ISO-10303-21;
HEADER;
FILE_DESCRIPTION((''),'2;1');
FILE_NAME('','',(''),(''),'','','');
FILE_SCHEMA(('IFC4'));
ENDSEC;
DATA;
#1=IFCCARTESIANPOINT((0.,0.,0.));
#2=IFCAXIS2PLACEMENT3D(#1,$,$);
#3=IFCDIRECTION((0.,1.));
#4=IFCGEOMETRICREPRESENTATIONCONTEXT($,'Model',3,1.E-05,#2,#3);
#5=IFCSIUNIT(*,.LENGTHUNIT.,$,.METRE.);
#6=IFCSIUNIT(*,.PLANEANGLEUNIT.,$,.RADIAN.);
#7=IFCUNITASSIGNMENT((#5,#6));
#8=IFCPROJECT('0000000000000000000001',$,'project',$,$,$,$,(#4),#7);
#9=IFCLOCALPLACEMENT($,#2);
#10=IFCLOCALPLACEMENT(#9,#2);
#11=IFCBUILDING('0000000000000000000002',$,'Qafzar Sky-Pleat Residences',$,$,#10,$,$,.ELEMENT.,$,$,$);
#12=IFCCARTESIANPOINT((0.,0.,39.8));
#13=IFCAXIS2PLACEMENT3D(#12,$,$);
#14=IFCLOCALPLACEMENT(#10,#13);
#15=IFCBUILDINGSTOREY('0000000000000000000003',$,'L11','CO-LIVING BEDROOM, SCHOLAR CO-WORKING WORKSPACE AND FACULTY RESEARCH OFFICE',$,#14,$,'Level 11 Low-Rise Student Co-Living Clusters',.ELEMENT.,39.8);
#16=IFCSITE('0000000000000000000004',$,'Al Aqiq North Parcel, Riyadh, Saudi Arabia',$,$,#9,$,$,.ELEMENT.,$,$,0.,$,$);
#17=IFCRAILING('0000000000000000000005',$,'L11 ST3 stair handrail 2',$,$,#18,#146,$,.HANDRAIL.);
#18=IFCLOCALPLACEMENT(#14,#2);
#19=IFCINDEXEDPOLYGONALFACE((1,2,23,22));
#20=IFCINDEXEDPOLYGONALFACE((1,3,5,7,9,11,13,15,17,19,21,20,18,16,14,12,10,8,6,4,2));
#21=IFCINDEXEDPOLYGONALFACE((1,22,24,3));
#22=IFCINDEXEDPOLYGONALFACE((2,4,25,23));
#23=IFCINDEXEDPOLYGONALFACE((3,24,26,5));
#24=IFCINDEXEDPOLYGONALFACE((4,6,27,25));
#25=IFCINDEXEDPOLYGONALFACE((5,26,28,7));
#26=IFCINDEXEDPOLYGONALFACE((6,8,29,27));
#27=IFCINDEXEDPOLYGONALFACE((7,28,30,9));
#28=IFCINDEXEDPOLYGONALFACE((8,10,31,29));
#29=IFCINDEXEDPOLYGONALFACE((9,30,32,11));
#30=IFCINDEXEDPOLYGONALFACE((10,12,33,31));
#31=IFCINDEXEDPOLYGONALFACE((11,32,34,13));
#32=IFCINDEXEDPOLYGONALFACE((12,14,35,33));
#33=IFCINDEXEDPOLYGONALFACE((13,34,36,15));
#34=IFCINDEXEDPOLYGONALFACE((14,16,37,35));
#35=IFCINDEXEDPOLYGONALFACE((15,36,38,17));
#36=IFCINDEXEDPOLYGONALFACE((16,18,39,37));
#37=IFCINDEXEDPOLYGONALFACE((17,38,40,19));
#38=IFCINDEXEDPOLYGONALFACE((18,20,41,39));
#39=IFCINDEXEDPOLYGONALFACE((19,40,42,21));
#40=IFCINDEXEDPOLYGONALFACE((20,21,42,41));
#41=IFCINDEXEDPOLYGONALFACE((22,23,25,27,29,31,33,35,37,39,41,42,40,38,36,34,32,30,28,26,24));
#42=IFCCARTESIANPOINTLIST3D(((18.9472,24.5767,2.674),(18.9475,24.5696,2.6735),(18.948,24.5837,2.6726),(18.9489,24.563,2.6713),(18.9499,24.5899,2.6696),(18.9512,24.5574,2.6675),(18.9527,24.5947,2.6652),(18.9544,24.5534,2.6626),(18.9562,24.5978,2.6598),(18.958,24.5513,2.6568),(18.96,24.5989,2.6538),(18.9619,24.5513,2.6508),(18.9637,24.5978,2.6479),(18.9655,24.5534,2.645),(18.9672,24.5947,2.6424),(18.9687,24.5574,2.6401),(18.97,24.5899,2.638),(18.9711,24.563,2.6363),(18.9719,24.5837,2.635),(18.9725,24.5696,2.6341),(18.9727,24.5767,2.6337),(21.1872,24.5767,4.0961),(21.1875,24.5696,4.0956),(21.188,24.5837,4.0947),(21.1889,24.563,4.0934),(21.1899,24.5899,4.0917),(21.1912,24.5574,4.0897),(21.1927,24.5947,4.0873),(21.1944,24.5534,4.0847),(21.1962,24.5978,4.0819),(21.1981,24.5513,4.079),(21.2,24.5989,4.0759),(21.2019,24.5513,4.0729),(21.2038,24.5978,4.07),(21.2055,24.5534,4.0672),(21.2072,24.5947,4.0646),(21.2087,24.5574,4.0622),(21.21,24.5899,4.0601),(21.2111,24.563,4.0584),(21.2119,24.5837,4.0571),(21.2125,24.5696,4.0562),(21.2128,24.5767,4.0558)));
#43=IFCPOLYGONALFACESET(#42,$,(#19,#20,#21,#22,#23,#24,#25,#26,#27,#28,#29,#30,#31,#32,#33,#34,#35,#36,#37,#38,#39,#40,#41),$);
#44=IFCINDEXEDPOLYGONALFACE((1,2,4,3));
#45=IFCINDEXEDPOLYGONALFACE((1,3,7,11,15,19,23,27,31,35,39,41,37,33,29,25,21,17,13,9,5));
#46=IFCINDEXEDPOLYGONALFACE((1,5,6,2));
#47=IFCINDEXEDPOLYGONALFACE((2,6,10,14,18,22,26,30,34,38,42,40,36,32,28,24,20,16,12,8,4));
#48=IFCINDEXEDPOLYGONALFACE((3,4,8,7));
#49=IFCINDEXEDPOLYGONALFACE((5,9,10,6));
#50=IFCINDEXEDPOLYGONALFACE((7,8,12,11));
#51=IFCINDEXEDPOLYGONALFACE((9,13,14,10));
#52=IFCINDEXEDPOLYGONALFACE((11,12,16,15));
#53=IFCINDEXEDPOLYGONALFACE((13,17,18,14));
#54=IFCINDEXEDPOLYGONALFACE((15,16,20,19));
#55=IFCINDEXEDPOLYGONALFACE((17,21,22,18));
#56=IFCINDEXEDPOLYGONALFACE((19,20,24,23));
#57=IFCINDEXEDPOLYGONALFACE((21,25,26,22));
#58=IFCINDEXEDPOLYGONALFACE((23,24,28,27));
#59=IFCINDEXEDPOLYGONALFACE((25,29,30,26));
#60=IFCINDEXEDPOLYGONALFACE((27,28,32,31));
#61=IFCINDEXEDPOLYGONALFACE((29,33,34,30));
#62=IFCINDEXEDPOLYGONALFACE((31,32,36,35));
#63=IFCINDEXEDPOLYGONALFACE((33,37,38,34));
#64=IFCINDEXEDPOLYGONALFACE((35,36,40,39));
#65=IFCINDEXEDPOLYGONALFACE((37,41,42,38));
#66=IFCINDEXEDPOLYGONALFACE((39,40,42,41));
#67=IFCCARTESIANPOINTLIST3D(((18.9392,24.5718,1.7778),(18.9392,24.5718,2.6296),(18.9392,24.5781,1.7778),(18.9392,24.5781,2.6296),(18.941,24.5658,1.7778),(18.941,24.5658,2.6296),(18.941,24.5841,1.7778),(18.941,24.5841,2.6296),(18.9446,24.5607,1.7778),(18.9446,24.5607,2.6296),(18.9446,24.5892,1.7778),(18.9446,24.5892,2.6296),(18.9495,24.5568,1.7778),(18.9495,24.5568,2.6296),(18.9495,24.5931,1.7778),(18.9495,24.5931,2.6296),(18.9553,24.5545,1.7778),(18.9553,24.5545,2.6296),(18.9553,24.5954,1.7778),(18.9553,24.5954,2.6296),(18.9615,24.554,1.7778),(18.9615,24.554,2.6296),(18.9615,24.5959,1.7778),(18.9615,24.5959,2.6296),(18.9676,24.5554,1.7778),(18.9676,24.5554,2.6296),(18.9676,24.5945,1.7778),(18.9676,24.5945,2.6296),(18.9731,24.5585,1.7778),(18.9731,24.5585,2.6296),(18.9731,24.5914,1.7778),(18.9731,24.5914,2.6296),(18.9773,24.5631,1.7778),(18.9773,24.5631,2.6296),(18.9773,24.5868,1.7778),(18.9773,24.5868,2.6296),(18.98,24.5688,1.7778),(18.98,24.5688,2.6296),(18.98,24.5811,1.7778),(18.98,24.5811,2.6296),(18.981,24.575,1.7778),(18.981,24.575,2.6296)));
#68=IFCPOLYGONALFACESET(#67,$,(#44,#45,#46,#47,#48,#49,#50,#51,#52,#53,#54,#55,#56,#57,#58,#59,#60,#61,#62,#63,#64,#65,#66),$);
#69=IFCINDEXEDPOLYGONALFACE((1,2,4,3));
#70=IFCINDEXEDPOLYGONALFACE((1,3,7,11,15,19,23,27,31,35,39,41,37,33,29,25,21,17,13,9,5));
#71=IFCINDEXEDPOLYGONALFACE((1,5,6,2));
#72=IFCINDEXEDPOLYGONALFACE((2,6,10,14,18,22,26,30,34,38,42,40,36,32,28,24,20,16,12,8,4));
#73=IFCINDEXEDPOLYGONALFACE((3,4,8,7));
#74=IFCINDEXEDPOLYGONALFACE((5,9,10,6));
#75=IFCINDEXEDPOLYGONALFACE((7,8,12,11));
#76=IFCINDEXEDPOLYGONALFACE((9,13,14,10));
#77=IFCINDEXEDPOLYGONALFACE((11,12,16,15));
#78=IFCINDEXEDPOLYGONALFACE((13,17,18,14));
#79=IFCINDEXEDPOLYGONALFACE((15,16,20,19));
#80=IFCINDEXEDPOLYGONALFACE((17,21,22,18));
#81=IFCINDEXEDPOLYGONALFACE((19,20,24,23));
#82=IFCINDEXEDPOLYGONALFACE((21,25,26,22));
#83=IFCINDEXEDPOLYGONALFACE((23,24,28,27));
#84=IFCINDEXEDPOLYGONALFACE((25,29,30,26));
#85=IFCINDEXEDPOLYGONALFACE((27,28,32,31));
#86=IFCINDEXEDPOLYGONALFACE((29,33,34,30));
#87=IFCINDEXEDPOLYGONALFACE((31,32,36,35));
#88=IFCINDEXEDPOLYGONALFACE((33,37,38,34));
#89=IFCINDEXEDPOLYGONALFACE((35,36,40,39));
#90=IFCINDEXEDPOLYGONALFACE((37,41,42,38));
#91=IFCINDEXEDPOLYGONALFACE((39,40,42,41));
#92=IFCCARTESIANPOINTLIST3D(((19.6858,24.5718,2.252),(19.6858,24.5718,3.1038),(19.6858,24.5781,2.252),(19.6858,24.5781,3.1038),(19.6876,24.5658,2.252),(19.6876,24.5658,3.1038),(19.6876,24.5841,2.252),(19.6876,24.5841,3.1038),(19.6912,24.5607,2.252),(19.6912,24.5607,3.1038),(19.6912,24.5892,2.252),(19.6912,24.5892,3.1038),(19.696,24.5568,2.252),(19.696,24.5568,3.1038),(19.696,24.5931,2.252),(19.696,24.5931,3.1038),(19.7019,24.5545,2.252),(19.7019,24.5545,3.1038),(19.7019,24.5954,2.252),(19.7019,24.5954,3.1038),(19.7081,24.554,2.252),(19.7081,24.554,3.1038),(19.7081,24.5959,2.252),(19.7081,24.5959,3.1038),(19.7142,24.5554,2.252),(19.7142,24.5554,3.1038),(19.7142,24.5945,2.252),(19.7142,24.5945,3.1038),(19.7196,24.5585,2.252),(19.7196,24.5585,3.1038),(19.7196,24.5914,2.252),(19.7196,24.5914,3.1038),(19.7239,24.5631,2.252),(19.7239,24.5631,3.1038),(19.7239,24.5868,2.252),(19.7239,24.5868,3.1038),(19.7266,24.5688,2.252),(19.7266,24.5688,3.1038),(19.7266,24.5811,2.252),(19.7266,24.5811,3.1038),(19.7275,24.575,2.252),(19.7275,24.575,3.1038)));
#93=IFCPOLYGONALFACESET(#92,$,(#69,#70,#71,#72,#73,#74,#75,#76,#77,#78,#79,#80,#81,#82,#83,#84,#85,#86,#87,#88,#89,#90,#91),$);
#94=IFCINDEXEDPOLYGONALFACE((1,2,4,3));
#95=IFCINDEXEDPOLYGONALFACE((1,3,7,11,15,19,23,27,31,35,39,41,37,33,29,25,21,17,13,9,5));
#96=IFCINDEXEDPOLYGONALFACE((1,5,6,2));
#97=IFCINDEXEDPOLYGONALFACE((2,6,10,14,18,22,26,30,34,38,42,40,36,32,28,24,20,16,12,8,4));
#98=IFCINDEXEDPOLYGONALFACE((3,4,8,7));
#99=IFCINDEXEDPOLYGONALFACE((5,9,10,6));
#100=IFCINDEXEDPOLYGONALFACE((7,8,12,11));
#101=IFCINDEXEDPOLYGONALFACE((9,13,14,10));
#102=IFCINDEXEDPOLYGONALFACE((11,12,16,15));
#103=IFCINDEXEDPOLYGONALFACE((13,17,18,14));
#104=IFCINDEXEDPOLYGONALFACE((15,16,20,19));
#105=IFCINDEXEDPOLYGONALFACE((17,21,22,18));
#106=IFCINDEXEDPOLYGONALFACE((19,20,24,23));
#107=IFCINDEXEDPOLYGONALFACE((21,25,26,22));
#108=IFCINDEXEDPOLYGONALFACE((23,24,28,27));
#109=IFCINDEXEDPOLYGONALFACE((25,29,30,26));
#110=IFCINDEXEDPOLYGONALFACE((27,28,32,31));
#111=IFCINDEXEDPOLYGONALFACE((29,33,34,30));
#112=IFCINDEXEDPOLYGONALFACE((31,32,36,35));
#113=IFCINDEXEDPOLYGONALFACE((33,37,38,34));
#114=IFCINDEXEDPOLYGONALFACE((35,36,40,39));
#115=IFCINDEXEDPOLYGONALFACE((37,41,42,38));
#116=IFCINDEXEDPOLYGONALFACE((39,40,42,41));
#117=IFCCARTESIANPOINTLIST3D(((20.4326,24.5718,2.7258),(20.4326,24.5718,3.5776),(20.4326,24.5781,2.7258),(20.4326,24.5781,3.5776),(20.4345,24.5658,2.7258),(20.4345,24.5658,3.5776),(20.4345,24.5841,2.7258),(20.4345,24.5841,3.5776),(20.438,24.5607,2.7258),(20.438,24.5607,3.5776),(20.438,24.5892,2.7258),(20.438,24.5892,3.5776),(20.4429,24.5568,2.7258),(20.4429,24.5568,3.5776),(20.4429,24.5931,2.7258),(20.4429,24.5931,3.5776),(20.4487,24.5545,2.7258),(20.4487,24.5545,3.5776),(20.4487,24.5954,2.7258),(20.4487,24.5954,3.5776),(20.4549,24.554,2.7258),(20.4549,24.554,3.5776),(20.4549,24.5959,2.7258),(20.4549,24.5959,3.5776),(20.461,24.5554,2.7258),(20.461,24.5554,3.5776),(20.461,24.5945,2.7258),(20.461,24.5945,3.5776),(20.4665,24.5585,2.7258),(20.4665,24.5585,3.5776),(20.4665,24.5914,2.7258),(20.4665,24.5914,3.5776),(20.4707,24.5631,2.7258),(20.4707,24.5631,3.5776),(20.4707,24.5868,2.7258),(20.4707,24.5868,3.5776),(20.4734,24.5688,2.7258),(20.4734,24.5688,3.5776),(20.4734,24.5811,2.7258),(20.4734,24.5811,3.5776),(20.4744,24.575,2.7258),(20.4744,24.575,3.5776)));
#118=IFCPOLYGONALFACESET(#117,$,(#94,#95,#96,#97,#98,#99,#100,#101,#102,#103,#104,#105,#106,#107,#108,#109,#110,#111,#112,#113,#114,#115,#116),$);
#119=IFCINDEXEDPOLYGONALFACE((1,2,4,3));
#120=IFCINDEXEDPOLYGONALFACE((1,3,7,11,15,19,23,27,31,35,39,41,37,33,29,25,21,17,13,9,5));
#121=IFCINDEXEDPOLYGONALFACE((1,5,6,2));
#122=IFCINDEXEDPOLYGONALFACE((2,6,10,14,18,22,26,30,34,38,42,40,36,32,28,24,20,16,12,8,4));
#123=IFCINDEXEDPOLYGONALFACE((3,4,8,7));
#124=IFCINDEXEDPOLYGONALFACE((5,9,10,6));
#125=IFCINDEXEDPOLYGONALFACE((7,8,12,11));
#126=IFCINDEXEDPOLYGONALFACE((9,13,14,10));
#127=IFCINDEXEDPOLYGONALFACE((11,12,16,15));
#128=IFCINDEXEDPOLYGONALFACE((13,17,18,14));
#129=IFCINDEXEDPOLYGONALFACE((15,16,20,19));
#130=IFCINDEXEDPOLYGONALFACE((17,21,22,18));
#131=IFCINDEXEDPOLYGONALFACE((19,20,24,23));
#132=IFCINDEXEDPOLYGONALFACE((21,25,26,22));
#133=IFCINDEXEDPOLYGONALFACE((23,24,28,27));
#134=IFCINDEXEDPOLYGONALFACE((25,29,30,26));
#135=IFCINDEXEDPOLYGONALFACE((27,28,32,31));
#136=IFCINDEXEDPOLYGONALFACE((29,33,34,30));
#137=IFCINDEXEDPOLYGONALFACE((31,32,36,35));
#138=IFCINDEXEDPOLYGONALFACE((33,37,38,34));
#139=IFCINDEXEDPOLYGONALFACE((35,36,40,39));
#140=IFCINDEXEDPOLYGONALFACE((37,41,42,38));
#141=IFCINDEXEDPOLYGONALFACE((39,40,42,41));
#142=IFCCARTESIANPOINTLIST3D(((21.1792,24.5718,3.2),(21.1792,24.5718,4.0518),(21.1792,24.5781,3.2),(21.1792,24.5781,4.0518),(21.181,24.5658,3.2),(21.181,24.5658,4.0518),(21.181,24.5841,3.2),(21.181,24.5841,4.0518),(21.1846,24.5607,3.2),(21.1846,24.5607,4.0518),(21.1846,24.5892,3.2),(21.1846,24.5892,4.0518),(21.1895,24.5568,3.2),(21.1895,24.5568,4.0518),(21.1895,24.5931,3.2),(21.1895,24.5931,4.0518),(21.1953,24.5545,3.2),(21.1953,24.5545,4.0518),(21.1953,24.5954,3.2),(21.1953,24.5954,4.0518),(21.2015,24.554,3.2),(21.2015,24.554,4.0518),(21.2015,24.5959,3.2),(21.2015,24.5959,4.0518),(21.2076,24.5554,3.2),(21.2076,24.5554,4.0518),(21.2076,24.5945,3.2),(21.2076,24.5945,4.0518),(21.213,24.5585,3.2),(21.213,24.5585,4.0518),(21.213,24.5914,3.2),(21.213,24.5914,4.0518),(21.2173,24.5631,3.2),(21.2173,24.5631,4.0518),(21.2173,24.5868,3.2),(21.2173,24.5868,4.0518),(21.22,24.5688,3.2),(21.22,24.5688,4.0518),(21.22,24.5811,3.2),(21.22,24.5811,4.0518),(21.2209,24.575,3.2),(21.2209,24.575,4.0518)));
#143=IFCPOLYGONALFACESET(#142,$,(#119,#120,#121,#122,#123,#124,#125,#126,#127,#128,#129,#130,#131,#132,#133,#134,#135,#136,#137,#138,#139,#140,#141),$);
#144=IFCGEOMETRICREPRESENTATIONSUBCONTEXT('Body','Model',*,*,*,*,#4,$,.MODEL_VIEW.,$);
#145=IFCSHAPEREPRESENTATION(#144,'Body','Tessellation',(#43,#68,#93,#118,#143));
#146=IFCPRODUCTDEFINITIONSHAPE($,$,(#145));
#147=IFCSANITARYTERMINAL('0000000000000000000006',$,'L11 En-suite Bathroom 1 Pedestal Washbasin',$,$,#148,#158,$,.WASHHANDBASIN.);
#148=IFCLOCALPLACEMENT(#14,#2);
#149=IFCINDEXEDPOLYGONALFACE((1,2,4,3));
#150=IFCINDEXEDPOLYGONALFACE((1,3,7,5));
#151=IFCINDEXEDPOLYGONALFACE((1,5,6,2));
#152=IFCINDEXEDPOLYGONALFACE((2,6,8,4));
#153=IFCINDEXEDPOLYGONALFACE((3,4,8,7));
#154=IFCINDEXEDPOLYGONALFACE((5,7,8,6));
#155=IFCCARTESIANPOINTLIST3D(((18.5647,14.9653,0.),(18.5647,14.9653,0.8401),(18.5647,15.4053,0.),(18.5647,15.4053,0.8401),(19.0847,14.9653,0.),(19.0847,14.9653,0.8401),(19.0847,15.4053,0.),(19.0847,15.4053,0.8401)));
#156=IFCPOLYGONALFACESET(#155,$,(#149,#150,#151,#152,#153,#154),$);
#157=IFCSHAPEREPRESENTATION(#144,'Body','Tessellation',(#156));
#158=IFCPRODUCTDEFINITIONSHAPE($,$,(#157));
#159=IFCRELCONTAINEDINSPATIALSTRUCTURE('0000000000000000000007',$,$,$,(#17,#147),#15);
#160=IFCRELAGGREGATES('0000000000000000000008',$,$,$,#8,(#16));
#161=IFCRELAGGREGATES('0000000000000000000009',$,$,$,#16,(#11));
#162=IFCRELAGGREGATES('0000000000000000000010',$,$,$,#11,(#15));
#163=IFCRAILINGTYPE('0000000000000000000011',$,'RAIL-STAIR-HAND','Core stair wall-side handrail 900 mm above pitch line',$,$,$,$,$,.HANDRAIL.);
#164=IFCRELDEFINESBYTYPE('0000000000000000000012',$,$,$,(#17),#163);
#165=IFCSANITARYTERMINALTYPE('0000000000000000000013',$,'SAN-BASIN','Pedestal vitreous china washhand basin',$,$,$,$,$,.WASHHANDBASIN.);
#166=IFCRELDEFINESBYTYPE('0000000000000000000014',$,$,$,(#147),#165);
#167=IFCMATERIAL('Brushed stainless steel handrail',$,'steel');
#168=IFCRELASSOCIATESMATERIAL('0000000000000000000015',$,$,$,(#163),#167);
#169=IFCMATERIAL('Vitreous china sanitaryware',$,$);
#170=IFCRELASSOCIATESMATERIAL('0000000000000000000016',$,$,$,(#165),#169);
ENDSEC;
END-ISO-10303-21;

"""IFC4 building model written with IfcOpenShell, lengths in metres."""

from ifc_helpers import new_model, si_unit, direction, frame, origin, origin_2d, place, context, subcontext, project, spatial, rectangle, circle, extrude, source, transform, mapped, material, type_object, element, save


model = new_model("IFC4")

# Units and contexts
model_context = context("Model", 3, precision=1e-05, world=origin(), true_north=direction((0.0, 1.0)))
body_context = subcontext(model_context, "Body", "Model", "MODEL_VIEW")
ifc_project = project(units=[si_unit("LENGTHUNIT", "METRE"), si_unit("PLANEANGLEUNIT", "RADIAN")], contexts=[model_context])

# Site, building, storey
site_placement = place(None, origin())
site = spatial("IfcSite", under=ifc_project, at=site_placement, Name="Al Aqiq North Parcel, Riyadh, Saudi Arabia", CompositionType="ELEMENT", RefElevation=0.0)
building_placement = place(site_placement, origin())
building = spatial("IfcBuilding", under=site, at=building_placement, Name="Qafzar Sky-Pleat Residences", CompositionType="ELEMENT")
storey_placement = place(building_placement, frame((0.0, 0.0, 39.8)))
storey = spatial("IfcBuildingStorey", under=building, at=storey_placement, Name="L11", Description="CO-LIVING BEDROOM, SCHOLAR CO-WORKING WORKSPACE AND FACULTY RESEARCH OFFICE", LongName="Level 11 Low-Rise Student Co-Living Clusters", CompositionType="ELEMENT", Elevation=39.8)

# Railing
ifc_material_1 = material(Name="Brushed stainless steel handrail", Category="steel")
railing_type_1 = type_object("IfcRailingType", Name="RAIL-STAIR-HAND", Description="Core stair wall-side handrail 900 mm above pitch line", PredefinedType="HANDRAIL", material=ifc_material_1)
shared_shape_1 = source(origin(), body_context, "Body", "SweptSolid", [
    extrude(circle(Radius=0.0239, at=origin_2d()), frame((0.0, 0.0, 0.876), z_axis=(0.844229, 0.0, 0.535982), x_axis=(0.0, 1.0, 0.0)), (0.0, 0.0, 1.0), 2.6533),
    extrude(circle(Radius=0.021, at=origin_2d()), origin(), (0.0, 0.0, 1.0), 0.8518),
    extrude(circle(Radius=0.021, at=origin_2d()), frame((0.7466, 0.0, 0.4741)), (0.0, 0.0, 1.0), 0.8518),
    extrude(circle(Radius=0.021, at=origin_2d()), frame((1.4934, 0.0, 0.948)), (0.0, 0.0, 1.0), 0.8518),
    extrude(circle(Radius=0.021, at=origin_2d()), frame((2.24, 0.0, 1.4221)), (0.0, 0.0, 1.0), 0.8518),
])
for number, where, name in (
    (1, (18.96, 24.575, 1.7778), "L11 ST3 stair handrail 2"),
):
    element("IfcRailing", number, at=place(storey_placement, frame(where)), inside=storey, type_object=railing_type_1, Name=name, PredefinedType="HANDRAIL", context=body_context, shape_type="MappedRepresentation", body=[
        mapped(shared_shape_1, transform((0.0, 0.0, 0.0), x_axis=(1.0, 0.0, 0.0), y_axis=(0.0, 1.0, 0.0), z_axis=(0.0, 0.0, 1.0), scale=1.0)),
    ])

# Sanitary terminal
ifc_material_2 = material(Name="Vitreous china sanitaryware")
sanitary_terminal_type = type_object("IfcSanitaryTerminalType", Name="SAN-BASIN", Description="Pedestal vitreous china washhand basin", PredefinedType="WASHHANDBASIN", material=ifc_material_2)
shared_shape_2 = source(origin(), body_context, "Body", "SweptSolid", [
    extrude(rectangle(XDim=0.52, YDim=0.4399, at=origin_2d()), origin(), (0.0, 0.0, 1.0), 0.8401),
])
sanitary_terminal_placement = place(storey_placement, frame((18.8247, 15.1853, 0.0), z_axis=(0.0, 0.0, 1.0), x_axis=(1.0, 0.0, 0.0)))
element("IfcSanitaryTerminal", 2, at=sanitary_terminal_placement, inside=storey, type_object=sanitary_terminal_type, Name="L11 En-suite Bathroom 1 Pedestal Washbasin", PredefinedType="WASHHANDBASIN", context=body_context, shape_type="MappedRepresentation", body=[
    mapped(shared_shape_2, transform((0.0, 0.0, 0.0), x_axis=(1.0, 0.0, 0.0), y_axis=(0.0, 1.0, 0.0), z_axis=(0.0, 0.0, 1.0), scale=1.0)),
])

save(model, "model.ifc")
